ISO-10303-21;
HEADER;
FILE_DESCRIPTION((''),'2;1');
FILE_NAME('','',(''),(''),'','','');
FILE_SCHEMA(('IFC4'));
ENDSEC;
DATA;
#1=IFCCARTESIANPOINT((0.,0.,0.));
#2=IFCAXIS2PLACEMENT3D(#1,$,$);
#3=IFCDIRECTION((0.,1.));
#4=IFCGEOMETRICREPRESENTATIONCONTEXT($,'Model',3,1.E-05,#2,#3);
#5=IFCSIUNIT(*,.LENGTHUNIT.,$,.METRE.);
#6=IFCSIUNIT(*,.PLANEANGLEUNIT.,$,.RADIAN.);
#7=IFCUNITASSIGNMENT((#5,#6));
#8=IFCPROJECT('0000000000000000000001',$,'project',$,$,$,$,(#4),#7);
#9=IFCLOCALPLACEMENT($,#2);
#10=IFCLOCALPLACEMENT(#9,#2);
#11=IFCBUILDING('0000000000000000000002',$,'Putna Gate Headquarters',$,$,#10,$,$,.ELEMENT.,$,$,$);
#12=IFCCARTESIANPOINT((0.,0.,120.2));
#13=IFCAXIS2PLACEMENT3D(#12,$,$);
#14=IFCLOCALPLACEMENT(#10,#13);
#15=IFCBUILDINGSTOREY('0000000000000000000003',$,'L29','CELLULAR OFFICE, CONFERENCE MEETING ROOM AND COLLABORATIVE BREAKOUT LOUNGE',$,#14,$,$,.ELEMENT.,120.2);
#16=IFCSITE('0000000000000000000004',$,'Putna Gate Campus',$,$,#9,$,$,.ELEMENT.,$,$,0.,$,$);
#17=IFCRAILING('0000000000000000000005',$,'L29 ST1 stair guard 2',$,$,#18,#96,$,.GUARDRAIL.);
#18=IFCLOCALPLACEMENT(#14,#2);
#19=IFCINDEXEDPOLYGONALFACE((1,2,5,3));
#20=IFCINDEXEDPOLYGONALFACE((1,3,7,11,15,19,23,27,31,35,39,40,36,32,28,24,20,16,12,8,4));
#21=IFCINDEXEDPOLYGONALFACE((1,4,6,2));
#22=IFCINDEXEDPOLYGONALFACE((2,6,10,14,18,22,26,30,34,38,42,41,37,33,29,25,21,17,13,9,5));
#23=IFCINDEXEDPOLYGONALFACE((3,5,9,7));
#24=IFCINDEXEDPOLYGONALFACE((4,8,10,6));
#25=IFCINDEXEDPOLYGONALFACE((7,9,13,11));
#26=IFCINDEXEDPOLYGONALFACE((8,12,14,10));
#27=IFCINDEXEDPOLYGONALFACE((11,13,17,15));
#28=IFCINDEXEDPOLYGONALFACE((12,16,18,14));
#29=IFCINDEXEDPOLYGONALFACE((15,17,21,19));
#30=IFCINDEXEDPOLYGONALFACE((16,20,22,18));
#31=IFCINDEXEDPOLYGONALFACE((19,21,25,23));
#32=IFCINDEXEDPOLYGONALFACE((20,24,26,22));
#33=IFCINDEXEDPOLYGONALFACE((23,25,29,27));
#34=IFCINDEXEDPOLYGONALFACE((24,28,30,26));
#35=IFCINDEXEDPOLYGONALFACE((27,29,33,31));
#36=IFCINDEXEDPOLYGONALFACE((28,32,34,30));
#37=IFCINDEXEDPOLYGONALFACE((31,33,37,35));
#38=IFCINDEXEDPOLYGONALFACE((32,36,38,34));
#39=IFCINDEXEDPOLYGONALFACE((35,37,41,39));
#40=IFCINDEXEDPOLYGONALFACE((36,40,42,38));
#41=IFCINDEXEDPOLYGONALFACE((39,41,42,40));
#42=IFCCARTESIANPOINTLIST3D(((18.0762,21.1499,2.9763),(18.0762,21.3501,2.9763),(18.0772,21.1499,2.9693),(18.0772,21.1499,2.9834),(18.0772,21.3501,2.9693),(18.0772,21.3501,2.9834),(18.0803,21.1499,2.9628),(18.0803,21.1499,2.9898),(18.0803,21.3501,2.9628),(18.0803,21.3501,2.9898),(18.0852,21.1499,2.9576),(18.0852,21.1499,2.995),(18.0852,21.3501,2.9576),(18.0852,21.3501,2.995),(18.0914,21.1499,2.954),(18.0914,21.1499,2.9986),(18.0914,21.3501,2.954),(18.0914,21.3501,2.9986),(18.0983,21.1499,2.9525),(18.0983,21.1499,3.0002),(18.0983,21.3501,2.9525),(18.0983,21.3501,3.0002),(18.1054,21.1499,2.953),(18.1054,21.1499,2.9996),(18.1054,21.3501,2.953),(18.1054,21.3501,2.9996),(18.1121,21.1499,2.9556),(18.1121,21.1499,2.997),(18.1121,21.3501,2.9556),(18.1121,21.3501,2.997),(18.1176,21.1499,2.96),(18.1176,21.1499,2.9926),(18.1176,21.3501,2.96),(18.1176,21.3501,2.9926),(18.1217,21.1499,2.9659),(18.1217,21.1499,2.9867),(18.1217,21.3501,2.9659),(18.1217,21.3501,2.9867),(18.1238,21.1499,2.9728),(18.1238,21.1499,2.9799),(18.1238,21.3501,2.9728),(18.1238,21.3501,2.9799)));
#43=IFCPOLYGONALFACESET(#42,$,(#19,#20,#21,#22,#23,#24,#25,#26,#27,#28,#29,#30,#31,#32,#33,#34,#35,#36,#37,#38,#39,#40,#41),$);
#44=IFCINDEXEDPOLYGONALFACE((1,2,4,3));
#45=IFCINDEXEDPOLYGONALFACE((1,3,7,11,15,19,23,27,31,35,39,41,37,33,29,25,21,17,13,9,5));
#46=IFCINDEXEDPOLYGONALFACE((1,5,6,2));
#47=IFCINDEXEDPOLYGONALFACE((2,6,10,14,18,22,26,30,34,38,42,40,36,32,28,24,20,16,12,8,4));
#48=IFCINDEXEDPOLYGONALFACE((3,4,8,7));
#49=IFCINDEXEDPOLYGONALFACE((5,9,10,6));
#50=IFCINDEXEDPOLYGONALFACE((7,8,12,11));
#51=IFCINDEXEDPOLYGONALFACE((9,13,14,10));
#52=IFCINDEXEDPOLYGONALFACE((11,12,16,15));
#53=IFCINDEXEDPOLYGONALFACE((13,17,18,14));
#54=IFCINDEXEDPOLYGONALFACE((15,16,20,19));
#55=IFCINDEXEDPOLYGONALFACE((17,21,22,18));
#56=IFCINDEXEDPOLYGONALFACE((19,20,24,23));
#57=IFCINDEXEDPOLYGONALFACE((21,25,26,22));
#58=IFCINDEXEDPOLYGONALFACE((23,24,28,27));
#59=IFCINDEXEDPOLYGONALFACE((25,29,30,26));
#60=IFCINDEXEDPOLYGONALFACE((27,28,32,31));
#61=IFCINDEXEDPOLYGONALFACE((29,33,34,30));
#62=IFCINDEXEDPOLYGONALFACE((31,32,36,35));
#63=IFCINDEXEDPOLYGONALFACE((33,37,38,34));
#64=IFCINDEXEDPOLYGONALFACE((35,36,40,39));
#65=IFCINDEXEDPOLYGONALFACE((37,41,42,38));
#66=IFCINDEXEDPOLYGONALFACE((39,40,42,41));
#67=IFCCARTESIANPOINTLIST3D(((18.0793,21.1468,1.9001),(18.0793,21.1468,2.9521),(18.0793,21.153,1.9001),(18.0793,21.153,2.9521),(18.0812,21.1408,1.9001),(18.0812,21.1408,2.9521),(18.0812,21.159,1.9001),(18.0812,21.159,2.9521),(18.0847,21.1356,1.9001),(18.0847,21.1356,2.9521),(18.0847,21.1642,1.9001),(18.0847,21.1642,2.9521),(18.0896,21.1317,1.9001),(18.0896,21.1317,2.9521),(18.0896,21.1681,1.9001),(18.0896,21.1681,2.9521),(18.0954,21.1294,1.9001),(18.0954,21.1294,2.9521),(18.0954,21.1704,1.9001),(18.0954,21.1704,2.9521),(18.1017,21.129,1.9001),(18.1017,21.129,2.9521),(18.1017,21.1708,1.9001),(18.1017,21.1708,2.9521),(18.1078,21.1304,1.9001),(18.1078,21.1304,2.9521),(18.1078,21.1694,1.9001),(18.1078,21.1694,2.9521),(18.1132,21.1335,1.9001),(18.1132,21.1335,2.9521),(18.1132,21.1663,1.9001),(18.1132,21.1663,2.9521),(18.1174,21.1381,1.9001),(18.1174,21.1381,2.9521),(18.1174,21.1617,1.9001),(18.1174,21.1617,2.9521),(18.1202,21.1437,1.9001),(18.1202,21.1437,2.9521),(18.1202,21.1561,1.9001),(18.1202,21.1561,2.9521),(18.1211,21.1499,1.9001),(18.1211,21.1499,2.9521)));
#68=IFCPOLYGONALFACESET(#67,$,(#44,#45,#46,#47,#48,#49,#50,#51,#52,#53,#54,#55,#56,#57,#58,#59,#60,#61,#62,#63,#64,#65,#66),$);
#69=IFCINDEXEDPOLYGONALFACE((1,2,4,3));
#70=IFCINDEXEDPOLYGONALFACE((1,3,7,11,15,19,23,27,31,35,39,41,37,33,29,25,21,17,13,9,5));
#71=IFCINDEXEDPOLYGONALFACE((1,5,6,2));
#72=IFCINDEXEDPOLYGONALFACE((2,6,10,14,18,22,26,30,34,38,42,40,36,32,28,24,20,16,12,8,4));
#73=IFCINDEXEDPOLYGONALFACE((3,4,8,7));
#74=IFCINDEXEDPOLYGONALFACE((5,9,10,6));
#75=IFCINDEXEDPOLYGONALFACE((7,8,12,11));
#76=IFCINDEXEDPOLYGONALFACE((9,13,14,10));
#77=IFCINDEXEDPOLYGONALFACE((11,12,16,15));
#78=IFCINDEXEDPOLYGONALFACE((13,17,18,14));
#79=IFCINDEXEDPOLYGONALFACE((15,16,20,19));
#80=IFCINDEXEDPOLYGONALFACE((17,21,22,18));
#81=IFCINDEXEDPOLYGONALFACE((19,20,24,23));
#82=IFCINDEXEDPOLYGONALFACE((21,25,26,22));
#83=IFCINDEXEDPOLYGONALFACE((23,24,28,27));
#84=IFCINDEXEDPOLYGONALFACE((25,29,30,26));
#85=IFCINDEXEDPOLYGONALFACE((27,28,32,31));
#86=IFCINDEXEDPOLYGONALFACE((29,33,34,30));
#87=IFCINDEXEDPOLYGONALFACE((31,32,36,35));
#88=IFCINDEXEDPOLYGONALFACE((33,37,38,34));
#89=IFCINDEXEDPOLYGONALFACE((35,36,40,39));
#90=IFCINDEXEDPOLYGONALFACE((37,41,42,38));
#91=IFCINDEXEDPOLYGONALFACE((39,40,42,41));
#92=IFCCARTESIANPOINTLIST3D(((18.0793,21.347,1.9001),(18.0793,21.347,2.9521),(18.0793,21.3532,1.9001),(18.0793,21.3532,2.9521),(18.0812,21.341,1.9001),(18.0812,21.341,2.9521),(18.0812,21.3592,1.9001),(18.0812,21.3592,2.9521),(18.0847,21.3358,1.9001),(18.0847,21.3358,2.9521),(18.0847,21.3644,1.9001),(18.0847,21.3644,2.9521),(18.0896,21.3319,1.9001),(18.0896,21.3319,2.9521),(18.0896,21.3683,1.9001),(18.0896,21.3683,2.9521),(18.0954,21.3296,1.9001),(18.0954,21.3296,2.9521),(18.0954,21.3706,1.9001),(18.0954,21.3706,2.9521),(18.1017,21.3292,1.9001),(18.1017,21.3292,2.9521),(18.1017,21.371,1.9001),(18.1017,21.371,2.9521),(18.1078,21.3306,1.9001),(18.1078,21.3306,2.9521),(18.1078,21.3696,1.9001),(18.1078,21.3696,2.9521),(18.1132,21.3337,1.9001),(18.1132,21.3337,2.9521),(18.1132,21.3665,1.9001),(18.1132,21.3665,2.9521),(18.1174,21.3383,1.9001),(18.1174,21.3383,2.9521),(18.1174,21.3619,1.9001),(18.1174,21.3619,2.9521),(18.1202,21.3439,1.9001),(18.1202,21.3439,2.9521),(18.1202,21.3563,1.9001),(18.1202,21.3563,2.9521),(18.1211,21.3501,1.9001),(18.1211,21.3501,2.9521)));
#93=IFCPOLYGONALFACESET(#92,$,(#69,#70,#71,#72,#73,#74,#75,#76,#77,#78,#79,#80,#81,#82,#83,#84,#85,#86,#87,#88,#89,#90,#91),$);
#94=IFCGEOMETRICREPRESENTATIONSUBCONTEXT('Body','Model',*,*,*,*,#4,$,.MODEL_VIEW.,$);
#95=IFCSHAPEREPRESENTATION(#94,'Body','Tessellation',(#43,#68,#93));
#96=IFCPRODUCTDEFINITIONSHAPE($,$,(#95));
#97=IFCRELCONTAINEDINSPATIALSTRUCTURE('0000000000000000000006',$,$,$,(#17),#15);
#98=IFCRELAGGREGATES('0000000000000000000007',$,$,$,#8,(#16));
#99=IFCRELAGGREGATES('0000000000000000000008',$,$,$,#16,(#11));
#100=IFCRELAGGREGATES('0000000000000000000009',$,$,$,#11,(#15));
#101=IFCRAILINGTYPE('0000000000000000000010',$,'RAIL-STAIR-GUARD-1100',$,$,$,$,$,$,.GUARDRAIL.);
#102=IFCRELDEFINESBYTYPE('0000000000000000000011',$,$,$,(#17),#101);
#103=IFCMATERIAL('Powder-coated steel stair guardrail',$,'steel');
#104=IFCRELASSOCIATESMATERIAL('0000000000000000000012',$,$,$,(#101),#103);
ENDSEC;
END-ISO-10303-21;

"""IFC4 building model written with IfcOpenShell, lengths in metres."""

from ifc_helpers import new_model, si_unit, direction, frame, origin, origin_2d, place, context, subcontext, project, spatial, circle, extrude, material, type_object, element, save


model = new_model("IFC4")

# Units and contexts
model_context = context("Model", 3, precision=1e-05, world=origin(), true_north=direction((0.0, 1.0)))
body_context = subcontext(model_context, "Body", "Model", "MODEL_VIEW")
ifc_project = project(units=[si_unit("LENGTHUNIT", "METRE"), si_unit("PLANEANGLEUNIT", "RADIAN")], contexts=[model_context])

# Site, building, storey
site_placement = place(None, origin())
site = spatial("IfcSite", under=ifc_project, at=site_placement, Name="Putna Gate Campus", CompositionType="ELEMENT", RefElevation=0.0)
building_placement = place(site_placement, origin())
building = spatial("IfcBuilding", under=site, at=building_placement, Name="Putna Gate Headquarters", CompositionType="ELEMENT")
storey_placement = place(building_placement, frame((0.0, 0.0, 120.2)))
storey = spatial("IfcBuildingStorey", under=building, at=storey_placement, Name="L29", Description="CELLULAR OFFICE, CONFERENCE MEETING ROOM AND COLLABORATIVE BREAKOUT LOUNGE", CompositionType="ELEMENT", Elevation=120.2)

# Railing
ifc_material_1 = material(Name="Powder-coated steel stair guardrail", Category="steel")
railing_type_1 = type_object("IfcRailingType", Name="RAIL-STAIR-GUARD-1100", PredefinedType="GUARDRAIL", material=ifc_material_1)
railing_1_placement = place(storey_placement, frame((18.1001, 21.1499, 1.9001)))
element("IfcRailing", 1, at=railing_1_placement, inside=storey, type_object=railing_type_1, Name="L29 ST1 stair guard 2", PredefinedType="GUARDRAIL", context=body_context, shape_type="SweptSolid", body=[
    extrude(circle(Radius=0.0239, at=origin_2d()), frame((0.0, 0.0, 1.0762), z_axis=(0.0, 1.0, 0.0), x_axis=(-1.0, 0.0, 0.0)), (0.0, 0.0, 1.0), 0.2002),
    extrude(circle(Radius=0.021, at=origin_2d()), origin(), (0.0, 0.0, 1.0), 1.052),
    extrude(circle(Radius=0.021, at=origin_2d()), frame((0.0, 0.2002, 0.0)), (0.0, 0.0, 1.0), 1.052),
])

save(model, "model.ifc")
